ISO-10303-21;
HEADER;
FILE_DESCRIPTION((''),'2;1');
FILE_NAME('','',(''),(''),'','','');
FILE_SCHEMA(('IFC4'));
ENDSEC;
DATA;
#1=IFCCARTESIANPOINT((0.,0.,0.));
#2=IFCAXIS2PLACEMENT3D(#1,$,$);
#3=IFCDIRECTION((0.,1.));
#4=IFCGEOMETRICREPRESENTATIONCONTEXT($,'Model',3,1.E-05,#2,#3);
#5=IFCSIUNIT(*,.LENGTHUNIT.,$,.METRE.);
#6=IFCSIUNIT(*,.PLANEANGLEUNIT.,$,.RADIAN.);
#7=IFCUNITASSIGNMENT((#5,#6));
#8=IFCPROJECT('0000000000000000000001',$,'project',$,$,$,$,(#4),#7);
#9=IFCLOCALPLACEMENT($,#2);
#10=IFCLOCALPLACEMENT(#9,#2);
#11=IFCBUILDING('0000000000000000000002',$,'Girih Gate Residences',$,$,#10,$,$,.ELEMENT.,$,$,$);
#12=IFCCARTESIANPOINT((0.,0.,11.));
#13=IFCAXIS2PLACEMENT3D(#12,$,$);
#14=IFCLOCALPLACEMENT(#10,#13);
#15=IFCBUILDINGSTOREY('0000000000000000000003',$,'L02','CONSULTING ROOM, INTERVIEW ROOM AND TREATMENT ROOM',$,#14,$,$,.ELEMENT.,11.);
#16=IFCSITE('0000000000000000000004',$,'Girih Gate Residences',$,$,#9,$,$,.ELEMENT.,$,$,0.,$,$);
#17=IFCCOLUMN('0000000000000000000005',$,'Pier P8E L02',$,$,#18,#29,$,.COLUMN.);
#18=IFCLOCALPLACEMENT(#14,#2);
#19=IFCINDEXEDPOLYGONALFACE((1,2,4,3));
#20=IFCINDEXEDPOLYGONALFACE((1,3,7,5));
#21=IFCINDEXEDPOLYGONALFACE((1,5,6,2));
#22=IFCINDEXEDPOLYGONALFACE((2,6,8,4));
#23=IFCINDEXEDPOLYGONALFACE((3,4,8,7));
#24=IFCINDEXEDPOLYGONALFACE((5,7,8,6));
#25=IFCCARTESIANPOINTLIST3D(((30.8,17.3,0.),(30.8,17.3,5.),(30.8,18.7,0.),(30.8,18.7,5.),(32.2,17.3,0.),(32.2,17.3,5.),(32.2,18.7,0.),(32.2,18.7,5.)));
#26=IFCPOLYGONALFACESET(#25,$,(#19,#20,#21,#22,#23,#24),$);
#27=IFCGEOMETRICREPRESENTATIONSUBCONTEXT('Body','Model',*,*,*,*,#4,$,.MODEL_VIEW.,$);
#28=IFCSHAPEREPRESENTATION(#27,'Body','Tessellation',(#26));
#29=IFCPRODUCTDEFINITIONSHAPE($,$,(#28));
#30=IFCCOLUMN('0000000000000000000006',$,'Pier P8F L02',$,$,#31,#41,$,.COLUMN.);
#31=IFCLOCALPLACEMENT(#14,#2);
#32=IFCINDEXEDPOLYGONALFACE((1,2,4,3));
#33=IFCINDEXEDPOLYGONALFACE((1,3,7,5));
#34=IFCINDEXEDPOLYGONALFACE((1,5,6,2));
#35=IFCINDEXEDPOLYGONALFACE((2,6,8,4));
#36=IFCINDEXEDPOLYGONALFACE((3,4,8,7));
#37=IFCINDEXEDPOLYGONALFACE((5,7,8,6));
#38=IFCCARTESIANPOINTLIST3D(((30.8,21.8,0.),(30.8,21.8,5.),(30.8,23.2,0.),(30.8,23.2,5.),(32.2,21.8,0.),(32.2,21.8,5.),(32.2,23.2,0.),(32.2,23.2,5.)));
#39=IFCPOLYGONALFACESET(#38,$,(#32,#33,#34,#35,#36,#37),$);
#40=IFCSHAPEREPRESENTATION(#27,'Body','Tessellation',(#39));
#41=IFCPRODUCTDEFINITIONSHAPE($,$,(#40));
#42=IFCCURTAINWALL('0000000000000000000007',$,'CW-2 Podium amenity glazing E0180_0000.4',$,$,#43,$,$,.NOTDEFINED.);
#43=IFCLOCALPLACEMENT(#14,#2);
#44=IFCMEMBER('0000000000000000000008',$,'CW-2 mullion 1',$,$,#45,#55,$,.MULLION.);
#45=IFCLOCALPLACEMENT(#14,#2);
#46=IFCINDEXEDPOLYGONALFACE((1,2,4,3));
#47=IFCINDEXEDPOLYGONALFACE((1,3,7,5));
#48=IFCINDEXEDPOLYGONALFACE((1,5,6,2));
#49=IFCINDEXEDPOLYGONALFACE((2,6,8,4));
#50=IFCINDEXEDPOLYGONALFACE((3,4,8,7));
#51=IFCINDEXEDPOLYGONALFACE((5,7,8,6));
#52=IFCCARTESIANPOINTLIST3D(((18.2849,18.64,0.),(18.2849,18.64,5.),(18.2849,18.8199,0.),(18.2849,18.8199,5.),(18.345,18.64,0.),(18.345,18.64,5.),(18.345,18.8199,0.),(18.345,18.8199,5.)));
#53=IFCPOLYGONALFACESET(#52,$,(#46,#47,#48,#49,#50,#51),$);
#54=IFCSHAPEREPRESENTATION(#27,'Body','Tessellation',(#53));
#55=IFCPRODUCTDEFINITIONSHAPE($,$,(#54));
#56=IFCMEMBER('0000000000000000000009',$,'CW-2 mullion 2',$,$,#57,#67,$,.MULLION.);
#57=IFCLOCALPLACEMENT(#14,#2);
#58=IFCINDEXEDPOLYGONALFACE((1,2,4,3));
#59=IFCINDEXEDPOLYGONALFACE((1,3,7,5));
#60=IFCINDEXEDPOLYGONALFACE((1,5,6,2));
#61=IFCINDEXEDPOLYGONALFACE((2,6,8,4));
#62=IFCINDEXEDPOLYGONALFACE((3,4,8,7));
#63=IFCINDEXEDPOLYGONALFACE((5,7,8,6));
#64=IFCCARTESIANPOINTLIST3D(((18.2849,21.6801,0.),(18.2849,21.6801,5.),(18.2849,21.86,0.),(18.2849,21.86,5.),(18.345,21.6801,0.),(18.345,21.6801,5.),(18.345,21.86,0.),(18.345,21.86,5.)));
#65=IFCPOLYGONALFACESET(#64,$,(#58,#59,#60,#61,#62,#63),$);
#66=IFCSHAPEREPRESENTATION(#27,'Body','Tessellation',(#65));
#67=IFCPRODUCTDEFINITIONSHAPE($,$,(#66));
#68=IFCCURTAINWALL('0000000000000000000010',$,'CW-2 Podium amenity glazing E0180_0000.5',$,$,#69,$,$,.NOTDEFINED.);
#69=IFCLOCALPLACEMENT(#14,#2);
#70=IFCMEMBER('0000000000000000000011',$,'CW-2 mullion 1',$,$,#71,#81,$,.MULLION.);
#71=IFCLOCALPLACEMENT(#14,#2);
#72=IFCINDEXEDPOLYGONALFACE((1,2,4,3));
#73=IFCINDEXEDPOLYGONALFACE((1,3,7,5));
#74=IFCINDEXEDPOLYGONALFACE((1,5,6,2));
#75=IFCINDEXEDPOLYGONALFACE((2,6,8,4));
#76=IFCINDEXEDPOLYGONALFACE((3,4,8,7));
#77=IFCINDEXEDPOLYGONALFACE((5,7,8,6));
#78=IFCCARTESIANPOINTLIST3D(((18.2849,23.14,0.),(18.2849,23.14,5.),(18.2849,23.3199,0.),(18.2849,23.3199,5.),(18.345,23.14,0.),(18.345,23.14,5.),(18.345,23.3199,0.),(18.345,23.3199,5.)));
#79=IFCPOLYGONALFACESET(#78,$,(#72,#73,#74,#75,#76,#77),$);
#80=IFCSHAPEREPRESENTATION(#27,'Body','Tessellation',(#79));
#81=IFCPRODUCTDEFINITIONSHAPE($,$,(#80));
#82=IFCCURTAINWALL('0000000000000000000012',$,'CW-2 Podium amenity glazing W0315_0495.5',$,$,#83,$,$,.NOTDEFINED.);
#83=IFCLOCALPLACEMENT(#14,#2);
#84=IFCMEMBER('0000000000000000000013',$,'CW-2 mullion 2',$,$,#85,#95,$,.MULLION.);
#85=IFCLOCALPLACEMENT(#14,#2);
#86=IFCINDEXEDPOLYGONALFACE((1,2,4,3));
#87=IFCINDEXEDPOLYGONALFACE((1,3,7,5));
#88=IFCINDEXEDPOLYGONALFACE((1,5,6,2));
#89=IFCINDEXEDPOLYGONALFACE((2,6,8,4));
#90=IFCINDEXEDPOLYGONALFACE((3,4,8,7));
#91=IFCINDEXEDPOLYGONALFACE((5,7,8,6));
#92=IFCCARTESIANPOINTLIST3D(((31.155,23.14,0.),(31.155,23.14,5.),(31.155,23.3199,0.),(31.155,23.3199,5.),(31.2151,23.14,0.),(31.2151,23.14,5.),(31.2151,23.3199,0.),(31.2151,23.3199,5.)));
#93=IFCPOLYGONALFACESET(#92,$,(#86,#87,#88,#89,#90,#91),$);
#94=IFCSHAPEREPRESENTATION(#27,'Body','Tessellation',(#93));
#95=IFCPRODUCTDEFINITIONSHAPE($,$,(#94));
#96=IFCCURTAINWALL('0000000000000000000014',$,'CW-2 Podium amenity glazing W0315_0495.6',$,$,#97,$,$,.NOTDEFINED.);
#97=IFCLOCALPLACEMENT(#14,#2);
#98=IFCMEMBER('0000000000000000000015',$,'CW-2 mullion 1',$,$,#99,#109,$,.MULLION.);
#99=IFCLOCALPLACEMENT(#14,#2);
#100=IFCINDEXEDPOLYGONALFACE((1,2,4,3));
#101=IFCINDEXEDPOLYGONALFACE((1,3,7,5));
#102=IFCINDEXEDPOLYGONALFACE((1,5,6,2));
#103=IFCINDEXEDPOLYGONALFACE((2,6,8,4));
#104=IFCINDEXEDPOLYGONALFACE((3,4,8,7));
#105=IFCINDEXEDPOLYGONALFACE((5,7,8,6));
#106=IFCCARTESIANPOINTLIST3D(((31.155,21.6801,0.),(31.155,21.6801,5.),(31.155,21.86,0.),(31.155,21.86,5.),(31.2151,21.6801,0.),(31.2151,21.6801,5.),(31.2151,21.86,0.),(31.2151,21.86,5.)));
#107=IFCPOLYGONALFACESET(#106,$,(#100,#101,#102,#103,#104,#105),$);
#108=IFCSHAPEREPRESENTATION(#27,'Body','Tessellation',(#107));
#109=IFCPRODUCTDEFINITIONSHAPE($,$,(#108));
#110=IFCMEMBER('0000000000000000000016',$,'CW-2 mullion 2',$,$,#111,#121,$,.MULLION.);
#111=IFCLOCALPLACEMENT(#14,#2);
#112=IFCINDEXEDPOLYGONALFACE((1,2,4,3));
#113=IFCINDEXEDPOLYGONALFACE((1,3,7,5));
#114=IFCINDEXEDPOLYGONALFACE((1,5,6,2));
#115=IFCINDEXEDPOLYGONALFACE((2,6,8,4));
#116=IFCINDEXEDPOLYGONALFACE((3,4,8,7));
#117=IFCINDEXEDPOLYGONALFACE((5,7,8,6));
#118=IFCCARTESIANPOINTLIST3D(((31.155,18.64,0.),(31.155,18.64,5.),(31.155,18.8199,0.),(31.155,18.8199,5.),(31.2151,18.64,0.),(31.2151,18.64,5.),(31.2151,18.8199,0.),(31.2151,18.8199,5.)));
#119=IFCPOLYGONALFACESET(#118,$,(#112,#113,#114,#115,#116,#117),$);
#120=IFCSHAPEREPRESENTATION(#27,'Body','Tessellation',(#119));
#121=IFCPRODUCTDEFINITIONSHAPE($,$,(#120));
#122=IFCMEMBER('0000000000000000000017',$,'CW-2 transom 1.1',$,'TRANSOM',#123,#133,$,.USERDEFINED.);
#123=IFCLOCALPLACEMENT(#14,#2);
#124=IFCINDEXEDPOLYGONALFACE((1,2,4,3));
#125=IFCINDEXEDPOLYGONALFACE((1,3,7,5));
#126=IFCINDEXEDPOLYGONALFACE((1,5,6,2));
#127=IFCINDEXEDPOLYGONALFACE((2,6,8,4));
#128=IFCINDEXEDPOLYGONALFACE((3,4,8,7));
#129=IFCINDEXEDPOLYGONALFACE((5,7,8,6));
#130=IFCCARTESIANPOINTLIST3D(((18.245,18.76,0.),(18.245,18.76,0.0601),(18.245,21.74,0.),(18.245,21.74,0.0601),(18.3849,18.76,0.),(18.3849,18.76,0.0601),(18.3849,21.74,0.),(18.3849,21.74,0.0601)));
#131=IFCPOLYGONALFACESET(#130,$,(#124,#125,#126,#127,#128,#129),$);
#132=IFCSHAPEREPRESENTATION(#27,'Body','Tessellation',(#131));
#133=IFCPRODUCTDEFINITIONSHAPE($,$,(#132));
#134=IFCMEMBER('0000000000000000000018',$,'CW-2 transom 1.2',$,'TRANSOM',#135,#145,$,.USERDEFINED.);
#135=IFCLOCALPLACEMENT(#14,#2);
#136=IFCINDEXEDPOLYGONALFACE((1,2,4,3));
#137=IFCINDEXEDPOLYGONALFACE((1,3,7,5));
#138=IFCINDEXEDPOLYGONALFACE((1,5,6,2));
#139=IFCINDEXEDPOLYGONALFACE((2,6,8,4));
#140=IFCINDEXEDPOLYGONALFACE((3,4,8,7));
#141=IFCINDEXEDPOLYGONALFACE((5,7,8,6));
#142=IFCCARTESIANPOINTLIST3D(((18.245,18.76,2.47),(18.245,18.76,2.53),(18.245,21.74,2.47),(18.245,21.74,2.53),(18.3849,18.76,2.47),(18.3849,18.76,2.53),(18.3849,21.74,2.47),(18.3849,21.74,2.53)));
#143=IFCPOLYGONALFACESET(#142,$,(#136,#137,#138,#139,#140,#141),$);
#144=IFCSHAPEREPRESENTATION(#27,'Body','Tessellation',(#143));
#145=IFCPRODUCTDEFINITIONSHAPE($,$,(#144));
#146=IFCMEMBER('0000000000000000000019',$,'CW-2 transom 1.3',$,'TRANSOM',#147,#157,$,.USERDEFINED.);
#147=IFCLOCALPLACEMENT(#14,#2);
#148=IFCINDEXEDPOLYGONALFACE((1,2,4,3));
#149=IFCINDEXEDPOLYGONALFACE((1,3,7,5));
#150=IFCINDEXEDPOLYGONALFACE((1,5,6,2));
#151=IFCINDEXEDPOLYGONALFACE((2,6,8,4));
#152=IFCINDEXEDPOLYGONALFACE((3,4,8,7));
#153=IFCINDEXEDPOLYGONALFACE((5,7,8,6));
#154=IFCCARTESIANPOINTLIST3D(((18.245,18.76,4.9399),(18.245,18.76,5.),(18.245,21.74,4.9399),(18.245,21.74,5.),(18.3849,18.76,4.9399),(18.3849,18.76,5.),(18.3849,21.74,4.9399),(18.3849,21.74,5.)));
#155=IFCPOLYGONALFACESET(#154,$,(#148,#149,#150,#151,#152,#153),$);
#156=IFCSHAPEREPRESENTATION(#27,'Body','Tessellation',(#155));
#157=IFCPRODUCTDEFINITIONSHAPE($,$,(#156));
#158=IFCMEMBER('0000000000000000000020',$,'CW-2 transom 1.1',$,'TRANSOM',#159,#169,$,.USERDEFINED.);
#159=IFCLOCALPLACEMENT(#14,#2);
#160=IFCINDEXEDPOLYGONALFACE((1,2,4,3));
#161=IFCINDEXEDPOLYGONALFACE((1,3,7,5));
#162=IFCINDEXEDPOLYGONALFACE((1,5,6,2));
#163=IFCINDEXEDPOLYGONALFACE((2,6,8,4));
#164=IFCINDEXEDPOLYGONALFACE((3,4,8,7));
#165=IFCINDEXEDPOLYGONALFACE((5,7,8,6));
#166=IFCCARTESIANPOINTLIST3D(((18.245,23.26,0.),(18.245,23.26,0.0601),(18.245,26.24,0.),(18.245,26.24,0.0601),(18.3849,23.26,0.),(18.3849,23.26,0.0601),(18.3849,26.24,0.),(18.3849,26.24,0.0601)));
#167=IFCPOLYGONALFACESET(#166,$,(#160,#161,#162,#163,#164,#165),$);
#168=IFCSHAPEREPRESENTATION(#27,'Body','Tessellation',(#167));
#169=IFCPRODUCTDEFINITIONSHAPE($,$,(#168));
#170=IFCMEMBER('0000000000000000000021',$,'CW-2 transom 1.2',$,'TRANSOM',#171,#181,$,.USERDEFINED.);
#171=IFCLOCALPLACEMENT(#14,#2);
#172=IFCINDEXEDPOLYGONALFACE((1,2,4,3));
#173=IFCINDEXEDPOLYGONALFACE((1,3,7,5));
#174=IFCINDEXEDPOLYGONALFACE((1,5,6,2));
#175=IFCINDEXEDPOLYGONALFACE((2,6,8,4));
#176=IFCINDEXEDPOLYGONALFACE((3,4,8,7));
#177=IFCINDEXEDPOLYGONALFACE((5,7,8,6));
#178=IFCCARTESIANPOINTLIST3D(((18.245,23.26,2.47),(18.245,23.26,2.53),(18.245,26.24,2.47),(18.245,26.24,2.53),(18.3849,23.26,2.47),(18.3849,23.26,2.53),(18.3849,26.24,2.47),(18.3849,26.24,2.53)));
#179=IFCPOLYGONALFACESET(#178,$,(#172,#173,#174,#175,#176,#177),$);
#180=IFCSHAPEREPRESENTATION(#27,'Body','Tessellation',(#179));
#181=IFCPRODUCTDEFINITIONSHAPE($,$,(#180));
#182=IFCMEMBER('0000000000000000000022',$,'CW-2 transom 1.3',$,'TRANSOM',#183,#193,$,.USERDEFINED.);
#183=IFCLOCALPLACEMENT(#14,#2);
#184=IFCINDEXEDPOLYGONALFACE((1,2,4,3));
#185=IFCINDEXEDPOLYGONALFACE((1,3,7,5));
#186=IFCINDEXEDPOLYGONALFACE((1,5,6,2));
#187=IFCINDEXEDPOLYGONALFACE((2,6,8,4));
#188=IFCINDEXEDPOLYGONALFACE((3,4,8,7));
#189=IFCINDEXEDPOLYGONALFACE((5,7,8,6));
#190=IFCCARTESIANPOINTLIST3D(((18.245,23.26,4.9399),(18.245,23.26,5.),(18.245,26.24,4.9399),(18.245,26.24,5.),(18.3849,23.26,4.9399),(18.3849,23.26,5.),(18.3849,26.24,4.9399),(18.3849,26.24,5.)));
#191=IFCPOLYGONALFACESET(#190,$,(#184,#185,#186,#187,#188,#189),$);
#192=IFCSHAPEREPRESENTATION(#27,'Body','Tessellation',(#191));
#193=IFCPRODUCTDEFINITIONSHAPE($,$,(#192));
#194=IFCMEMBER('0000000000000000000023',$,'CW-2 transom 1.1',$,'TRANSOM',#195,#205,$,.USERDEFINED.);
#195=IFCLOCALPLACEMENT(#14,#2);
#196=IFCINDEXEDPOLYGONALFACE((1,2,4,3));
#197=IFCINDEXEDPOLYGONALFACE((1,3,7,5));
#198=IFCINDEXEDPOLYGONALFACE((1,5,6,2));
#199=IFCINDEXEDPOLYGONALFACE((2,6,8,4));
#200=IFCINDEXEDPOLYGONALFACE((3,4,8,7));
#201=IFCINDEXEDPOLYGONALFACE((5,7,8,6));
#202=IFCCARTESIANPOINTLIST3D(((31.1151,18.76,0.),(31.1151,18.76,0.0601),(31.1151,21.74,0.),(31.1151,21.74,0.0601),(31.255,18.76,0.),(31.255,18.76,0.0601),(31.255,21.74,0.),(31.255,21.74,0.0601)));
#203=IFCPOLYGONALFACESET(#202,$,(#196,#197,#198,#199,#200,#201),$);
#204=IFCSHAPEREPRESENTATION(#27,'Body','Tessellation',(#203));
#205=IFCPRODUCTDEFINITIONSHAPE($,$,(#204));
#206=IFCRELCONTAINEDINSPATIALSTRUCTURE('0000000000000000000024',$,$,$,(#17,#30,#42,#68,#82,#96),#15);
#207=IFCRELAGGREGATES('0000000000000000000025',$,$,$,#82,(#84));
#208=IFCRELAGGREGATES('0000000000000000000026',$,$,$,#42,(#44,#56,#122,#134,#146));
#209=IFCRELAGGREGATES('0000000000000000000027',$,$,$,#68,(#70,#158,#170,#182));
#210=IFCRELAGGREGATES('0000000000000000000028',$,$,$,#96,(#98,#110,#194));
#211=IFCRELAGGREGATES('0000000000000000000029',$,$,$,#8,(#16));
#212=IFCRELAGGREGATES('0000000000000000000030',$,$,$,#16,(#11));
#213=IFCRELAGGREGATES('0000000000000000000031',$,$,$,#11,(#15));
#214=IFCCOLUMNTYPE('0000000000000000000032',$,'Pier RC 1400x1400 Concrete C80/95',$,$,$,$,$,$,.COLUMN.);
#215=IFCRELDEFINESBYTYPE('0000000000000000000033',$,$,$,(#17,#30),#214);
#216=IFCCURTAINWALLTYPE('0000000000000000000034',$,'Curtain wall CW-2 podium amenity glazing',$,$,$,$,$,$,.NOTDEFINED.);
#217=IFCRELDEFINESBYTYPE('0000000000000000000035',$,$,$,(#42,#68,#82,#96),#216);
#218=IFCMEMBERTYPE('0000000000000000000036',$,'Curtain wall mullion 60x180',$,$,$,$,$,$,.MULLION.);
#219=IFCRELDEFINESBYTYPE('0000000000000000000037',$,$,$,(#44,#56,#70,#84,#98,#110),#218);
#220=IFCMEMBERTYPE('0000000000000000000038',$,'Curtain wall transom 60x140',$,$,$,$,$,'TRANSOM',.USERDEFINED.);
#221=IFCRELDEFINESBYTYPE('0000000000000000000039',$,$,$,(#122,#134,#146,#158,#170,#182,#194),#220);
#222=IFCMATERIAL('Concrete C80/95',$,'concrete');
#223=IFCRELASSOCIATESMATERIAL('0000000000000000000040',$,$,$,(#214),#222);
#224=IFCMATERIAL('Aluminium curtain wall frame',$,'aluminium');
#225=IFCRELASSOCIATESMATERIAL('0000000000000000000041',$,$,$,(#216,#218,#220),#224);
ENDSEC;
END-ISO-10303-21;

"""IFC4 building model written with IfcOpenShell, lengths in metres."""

from ifc_helpers import new_model, si_unit, direction, frame, origin, origin_2d, place, context, subcontext, project, spatial, rectangle, extrude, material, material_profile, profile_set, type_object, element, aggregate, save


model = new_model("IFC4")

# Units and contexts
model_context = context("Model", 3, precision=1e-05, world=origin(), true_north=direction((0.0, 1.0)))
body_context = subcontext(model_context, "Body", "Model", "MODEL_VIEW")
ifc_project = project(units=[si_unit("LENGTHUNIT", "METRE"), si_unit("PLANEANGLEUNIT", "RADIAN")], contexts=[model_context])

# Site, building, storey
site_placement = place(None, origin())
site = spatial("IfcSite", under=ifc_project, at=site_placement, Name="Girih Gate Residences", CompositionType="ELEMENT", RefElevation=0.0)
building_placement = place(site_placement, origin())
building = spatial("IfcBuilding", under=site, at=building_placement, Name="Girih Gate Residences", CompositionType="ELEMENT")
storey_placement = place(building_placement, frame((0.0, 0.0, 11.0)))
storey = spatial("IfcBuildingStorey", under=building, at=storey_placement, Name="L02", Description="CONSULTING ROOM, INTERVIEW ROOM AND TREATMENT ROOM", CompositionType="ELEMENT", Elevation=11.0)

# Columns
ifc_material_1 = material(Name="Concrete C80/95", Category="concrete")
ifc_material_profile_1 = material_profile(ifc_material_1, rectangle(XDim=1.3999, YDim=1.3999, at=origin_2d()))
ifc_profile_set_1 = profile_set([ifc_material_profile_1], Name="Concrete C80/95")
column_type = type_object("IfcColumnType", Name="Pier RC 1400x1400 Concrete C80/95", PredefinedType="COLUMN", material=ifc_profile_set_1)
for number, where, z_axis, x_axis, name in (
    (1, (31.5, 18.0, 0.0), (0.0, 0.0, 1.0), (1.0, 0.0, 0.0), "Pier P8E L02"),
    (2, (31.5, 22.5, 0.0), (0.0, 0.0, 1.0), (1.0, 0.0, 0.0), "Pier P8F L02"),
):
    element("IfcColumn", number, at=place(storey_placement, frame(where, z_axis=z_axis, x_axis=x_axis)), inside=storey, type_object=column_type, Name=name, PredefinedType="COLUMN", context=body_context, shape_type="SweptSolid", body=[
        extrude(rectangle(XDim=1.3999, YDim=1.3999, at=origin_2d()), origin(), (0.0, 0.0, 1.0), 5.0),
    ])

# Curtain wall, members
ifc_material_2 = material(Name="Aluminium curtain wall frame", Category="aluminium")
curtain_wall_type = type_object("IfcCurtainWallType", Name="Curtain wall CW-2 podium amenity glazing", PredefinedType="NOTDEFINED", material=ifc_material_2)
curtain_wall_1_placement = place(storey_placement, origin())
curtain_wall_1 = element("IfcCurtainWall", 3, at=curtain_wall_1_placement, inside=storey, type_object=curtain_wall_type, Name="CW-2 Podium amenity glazing E0180_0000.4", PredefinedType="NOTDEFINED")
ifc_material_profile_2 = material_profile(ifc_material_2, rectangle(XDim=0.0601, YDim=0.1799, at=origin_2d()))
ifc_profile_set_2 = profile_set([ifc_material_profile_2], Name="Aluminium curtain wall frame")
member_type_1 = type_object("IfcMemberType", Name="Curtain wall mullion 60x180", PredefinedType="MULLION", material=ifc_profile_set_2)
member_1_placement = place(storey_placement, frame((18.3149, 18.73, 0.0), z_axis=(0.0, 0.0, 1.0), x_axis=(-1.0, 0.0, 0.0)))
member_1 = element("IfcMember", 4, at=member_1_placement, type_object=member_type_1, Name="CW-2 mullion 1", PredefinedType="MULLION", context=body_context, shape_type="SweptSolid", body=[
    extrude(rectangle(XDim=0.0601, YDim=0.1799, at=origin_2d()), origin(), (0.0, 0.0, 1.0), 5.0),
])
member_2_placement = place(storey_placement, frame((18.3149, 21.77, 0.0), z_axis=(0.0, 0.0, 1.0), x_axis=(-1.0, 0.0, 0.0)))
member_2 = element("IfcMember", 5, at=member_2_placement, type_object=member_type_1, Name="CW-2 mullion 2", PredefinedType="MULLION", context=body_context, shape_type="SweptSolid", body=[
    extrude(rectangle(XDim=0.0601, YDim=0.1799, at=origin_2d()), origin(), (0.0, 0.0, 1.0), 5.0),
])

# Curtain walls, members
curtain_wall_2_placement = place(storey_placement, origin())
curtain_wall_2 = element("IfcCurtainWall", 6, at=curtain_wall_2_placement, inside=storey, type_object=curtain_wall_type, Name="CW-2 Podium amenity glazing E0180_0000.5", PredefinedType="NOTDEFINED")
member_3_placement = place(storey_placement, frame((18.3149, 23.23, 0.0), z_axis=(0.0, 0.0, 1.0), x_axis=(-1.0, 0.0, 0.0)))
member_3 = element("IfcMember", 7, at=member_3_placement, type_object=member_type_1, Name="CW-2 mullion 1", PredefinedType="MULLION", context=body_context, shape_type="SweptSolid", body=[
    extrude(rectangle(XDim=0.0601, YDim=0.1799, at=origin_2d()), origin(), (0.0, 0.0, 1.0), 5.0),
])
curtain_wall_3_placement = place(storey_placement, origin())
curtain_wall_3 = element("IfcCurtainWall", 8, at=curtain_wall_3_placement, inside=storey, type_object=curtain_wall_type, Name="CW-2 Podium amenity glazing W0315_0495.5", PredefinedType="NOTDEFINED")
member_4_placement = place(storey_placement, frame((31.1851, 23.23, 0.0), z_axis=(0.0, 0.0, 1.0), x_axis=(1.0, 0.0, 0.0)))
member_4 = element("IfcMember", 9, at=member_4_placement, type_object=member_type_1, Name="CW-2 mullion 2", PredefinedType="MULLION", context=body_context, shape_type="SweptSolid", body=[
    extrude(rectangle(XDim=0.0601, YDim=0.1799, at=origin_2d()), origin(), (0.0, 0.0, 1.0), 5.0),
])
aggregate(curtain_wall_3, [member_4])

# Curtain wall, members
curtain_wall_4_placement = place(storey_placement, origin())
curtain_wall_4 = element("IfcCurtainWall", 10, at=curtain_wall_4_placement, inside=storey, type_object=curtain_wall_type, Name="CW-2 Podium amenity glazing W0315_0495.6", PredefinedType="NOTDEFINED")
member_5_placement = place(storey_placement, frame((31.1851, 21.77, 0.0), z_axis=(0.0, 0.0, 1.0), x_axis=(1.0, 0.0, 0.0)))
member_5 = element("IfcMember", 11, at=member_5_placement, type_object=member_type_1, Name="CW-2 mullion 1", PredefinedType="MULLION", context=body_context, shape_type="SweptSolid", body=[
    extrude(rectangle(XDim=0.0601, YDim=0.1799, at=origin_2d()), origin(), (0.0, 0.0, 1.0), 5.0),
])
member_6_placement = place(storey_placement, frame((31.1851, 18.73, 0.0), z_axis=(0.0, 0.0, 1.0), x_axis=(1.0, 0.0, 0.0)))
member_6 = element("IfcMember", 12, at=member_6_placement, type_object=member_type_1, Name="CW-2 mullion 2", PredefinedType="MULLION", context=body_context, shape_type="SweptSolid", body=[
    extrude(rectangle(XDim=0.0601, YDim=0.1799, at=origin_2d()), origin(), (0.0, 0.0, 1.0), 5.0),
])

# Members
ifc_material_profile_3 = material_profile(ifc_material_2, rectangle(XDim=0.1399, YDim=0.0601, at=origin_2d()))
ifc_profile_set_3 = profile_set([ifc_material_profile_3], Name="Aluminium curtain wall frame")
member_type_2 = type_object("IfcMemberType", Name="Curtain wall transom 60x140", ElementType="TRANSOM", PredefinedType="USERDEFINED", material=ifc_profile_set_3)
member_7_placement = place(storey_placement, frame((18.3149, 18.76, 0.03), z_axis=(0.0, 1.0, 0.0), x_axis=(-1.0, 0.0, 0.0)))
member_7 = element("IfcMember", 13, at=member_7_placement, type_object=member_type_2, Name="CW-2 transom 1.1", ObjectType="TRANSOM", PredefinedType="USERDEFINED", context=body_context, shape_type="SweptSolid", body=[
    extrude(rectangle(XDim=0.1399, YDim=0.0601, at=origin_2d()), origin(), (0.0, 0.0, 1.0), 2.98),
])
member_8_placement = place(storey_placement, frame((18.3149, 18.76, 2.5), z_axis=(0.0, 1.0, 0.0), x_axis=(-1.0, 0.0, 0.0)))
member_8 = element("IfcMember", 14, at=member_8_placement, type_object=member_type_2, Name="CW-2 transom 1.2", ObjectType="TRANSOM", PredefinedType="USERDEFINED", context=body_context, shape_type="SweptSolid", body=[
    extrude(rectangle(XDim=0.1399, YDim=0.0601, at=origin_2d()), origin(), (0.0, 0.0, 1.0), 2.98),
])
member_9_placement = place(storey_placement, frame((18.3149, 18.76, 4.97), z_axis=(0.0, 1.0, 0.0), x_axis=(-1.0, 0.0, 0.0)))
member_9 = element("IfcMember", 15, at=member_9_placement, type_object=member_type_2, Name="CW-2 transom 1.3", ObjectType="TRANSOM", PredefinedType="USERDEFINED", context=body_context, shape_type="SweptSolid", body=[
    extrude(rectangle(XDim=0.1399, YDim=0.0601, at=origin_2d()), origin(), (0.0, 0.0, 1.0), 2.98),
])
member_10_placement = place(storey_placement, frame((18.3149, 23.26, 0.03), z_axis=(0.0, 1.0, 0.0), x_axis=(-1.0, 0.0, 0.0)))
member_10 = element("IfcMember", 16, at=member_10_placement, type_object=member_type_2, Name="CW-2 transom 1.1", ObjectType="TRANSOM", PredefinedType="USERDEFINED", context=body_context, shape_type="SweptSolid", body=[
    extrude(rectangle(XDim=0.1399, YDim=0.0601, at=origin_2d()), origin(), (0.0, 0.0, 1.0), 2.98),
])
member_11_placement = place(storey_placement, frame((18.3149, 23.26, 2.5), z_axis=(0.0, 1.0, 0.0), x_axis=(-1.0, 0.0, 0.0)))
member_11 = element("IfcMember", 17, at=member_11_placement, type_object=member_type_2, Name="CW-2 transom 1.2", ObjectType="TRANSOM", PredefinedType="USERDEFINED", context=body_context, shape_type="SweptSolid", body=[
    extrude(rectangle(XDim=0.1399, YDim=0.0601, at=origin_2d()), origin(), (0.0, 0.0, 1.0), 2.98),
])
member_12_placement = place(storey_placement, frame((18.3149, 23.26, 4.97), z_axis=(0.0, 1.0, 0.0), x_axis=(-1.0, 0.0, 0.0)))
member_12 = element("IfcMember", 18, at=member_12_placement, type_object=member_type_2, Name="CW-2 transom 1.3", ObjectType="TRANSOM", PredefinedType="USERDEFINED", context=body_context, shape_type="SweptSolid", body=[
    extrude(rectangle(XDim=0.1399, YDim=0.0601, at=origin_2d()), origin(), (0.0, 0.0, 1.0), 2.98),
])
member_13_placement = place(storey_placement, frame((31.1851, 21.74, 0.03), z_axis=(0.0, -1.0, 0.0), x_axis=(1.0, 0.0, 0.0)))
member_13 = element("IfcMember", 19, at=member_13_placement, type_object=member_type_2, Name="CW-2 transom 1.1", ObjectType="TRANSOM", PredefinedType="USERDEFINED", context=body_context, shape_type="SweptSolid", body=[
    extrude(rectangle(XDim=0.1399, YDim=0.0601, at=origin_2d()), origin(), (0.0, 0.0, 1.0), 2.98),
])

aggregate(curtain_wall_1, [member_1, member_2, member_7, member_8, member_9])
aggregate(curtain_wall_2, [member_3, member_10, member_11, member_12])
aggregate(curtain_wall_4, [member_5, member_6, member_13])

save(model, "model.ifc")
